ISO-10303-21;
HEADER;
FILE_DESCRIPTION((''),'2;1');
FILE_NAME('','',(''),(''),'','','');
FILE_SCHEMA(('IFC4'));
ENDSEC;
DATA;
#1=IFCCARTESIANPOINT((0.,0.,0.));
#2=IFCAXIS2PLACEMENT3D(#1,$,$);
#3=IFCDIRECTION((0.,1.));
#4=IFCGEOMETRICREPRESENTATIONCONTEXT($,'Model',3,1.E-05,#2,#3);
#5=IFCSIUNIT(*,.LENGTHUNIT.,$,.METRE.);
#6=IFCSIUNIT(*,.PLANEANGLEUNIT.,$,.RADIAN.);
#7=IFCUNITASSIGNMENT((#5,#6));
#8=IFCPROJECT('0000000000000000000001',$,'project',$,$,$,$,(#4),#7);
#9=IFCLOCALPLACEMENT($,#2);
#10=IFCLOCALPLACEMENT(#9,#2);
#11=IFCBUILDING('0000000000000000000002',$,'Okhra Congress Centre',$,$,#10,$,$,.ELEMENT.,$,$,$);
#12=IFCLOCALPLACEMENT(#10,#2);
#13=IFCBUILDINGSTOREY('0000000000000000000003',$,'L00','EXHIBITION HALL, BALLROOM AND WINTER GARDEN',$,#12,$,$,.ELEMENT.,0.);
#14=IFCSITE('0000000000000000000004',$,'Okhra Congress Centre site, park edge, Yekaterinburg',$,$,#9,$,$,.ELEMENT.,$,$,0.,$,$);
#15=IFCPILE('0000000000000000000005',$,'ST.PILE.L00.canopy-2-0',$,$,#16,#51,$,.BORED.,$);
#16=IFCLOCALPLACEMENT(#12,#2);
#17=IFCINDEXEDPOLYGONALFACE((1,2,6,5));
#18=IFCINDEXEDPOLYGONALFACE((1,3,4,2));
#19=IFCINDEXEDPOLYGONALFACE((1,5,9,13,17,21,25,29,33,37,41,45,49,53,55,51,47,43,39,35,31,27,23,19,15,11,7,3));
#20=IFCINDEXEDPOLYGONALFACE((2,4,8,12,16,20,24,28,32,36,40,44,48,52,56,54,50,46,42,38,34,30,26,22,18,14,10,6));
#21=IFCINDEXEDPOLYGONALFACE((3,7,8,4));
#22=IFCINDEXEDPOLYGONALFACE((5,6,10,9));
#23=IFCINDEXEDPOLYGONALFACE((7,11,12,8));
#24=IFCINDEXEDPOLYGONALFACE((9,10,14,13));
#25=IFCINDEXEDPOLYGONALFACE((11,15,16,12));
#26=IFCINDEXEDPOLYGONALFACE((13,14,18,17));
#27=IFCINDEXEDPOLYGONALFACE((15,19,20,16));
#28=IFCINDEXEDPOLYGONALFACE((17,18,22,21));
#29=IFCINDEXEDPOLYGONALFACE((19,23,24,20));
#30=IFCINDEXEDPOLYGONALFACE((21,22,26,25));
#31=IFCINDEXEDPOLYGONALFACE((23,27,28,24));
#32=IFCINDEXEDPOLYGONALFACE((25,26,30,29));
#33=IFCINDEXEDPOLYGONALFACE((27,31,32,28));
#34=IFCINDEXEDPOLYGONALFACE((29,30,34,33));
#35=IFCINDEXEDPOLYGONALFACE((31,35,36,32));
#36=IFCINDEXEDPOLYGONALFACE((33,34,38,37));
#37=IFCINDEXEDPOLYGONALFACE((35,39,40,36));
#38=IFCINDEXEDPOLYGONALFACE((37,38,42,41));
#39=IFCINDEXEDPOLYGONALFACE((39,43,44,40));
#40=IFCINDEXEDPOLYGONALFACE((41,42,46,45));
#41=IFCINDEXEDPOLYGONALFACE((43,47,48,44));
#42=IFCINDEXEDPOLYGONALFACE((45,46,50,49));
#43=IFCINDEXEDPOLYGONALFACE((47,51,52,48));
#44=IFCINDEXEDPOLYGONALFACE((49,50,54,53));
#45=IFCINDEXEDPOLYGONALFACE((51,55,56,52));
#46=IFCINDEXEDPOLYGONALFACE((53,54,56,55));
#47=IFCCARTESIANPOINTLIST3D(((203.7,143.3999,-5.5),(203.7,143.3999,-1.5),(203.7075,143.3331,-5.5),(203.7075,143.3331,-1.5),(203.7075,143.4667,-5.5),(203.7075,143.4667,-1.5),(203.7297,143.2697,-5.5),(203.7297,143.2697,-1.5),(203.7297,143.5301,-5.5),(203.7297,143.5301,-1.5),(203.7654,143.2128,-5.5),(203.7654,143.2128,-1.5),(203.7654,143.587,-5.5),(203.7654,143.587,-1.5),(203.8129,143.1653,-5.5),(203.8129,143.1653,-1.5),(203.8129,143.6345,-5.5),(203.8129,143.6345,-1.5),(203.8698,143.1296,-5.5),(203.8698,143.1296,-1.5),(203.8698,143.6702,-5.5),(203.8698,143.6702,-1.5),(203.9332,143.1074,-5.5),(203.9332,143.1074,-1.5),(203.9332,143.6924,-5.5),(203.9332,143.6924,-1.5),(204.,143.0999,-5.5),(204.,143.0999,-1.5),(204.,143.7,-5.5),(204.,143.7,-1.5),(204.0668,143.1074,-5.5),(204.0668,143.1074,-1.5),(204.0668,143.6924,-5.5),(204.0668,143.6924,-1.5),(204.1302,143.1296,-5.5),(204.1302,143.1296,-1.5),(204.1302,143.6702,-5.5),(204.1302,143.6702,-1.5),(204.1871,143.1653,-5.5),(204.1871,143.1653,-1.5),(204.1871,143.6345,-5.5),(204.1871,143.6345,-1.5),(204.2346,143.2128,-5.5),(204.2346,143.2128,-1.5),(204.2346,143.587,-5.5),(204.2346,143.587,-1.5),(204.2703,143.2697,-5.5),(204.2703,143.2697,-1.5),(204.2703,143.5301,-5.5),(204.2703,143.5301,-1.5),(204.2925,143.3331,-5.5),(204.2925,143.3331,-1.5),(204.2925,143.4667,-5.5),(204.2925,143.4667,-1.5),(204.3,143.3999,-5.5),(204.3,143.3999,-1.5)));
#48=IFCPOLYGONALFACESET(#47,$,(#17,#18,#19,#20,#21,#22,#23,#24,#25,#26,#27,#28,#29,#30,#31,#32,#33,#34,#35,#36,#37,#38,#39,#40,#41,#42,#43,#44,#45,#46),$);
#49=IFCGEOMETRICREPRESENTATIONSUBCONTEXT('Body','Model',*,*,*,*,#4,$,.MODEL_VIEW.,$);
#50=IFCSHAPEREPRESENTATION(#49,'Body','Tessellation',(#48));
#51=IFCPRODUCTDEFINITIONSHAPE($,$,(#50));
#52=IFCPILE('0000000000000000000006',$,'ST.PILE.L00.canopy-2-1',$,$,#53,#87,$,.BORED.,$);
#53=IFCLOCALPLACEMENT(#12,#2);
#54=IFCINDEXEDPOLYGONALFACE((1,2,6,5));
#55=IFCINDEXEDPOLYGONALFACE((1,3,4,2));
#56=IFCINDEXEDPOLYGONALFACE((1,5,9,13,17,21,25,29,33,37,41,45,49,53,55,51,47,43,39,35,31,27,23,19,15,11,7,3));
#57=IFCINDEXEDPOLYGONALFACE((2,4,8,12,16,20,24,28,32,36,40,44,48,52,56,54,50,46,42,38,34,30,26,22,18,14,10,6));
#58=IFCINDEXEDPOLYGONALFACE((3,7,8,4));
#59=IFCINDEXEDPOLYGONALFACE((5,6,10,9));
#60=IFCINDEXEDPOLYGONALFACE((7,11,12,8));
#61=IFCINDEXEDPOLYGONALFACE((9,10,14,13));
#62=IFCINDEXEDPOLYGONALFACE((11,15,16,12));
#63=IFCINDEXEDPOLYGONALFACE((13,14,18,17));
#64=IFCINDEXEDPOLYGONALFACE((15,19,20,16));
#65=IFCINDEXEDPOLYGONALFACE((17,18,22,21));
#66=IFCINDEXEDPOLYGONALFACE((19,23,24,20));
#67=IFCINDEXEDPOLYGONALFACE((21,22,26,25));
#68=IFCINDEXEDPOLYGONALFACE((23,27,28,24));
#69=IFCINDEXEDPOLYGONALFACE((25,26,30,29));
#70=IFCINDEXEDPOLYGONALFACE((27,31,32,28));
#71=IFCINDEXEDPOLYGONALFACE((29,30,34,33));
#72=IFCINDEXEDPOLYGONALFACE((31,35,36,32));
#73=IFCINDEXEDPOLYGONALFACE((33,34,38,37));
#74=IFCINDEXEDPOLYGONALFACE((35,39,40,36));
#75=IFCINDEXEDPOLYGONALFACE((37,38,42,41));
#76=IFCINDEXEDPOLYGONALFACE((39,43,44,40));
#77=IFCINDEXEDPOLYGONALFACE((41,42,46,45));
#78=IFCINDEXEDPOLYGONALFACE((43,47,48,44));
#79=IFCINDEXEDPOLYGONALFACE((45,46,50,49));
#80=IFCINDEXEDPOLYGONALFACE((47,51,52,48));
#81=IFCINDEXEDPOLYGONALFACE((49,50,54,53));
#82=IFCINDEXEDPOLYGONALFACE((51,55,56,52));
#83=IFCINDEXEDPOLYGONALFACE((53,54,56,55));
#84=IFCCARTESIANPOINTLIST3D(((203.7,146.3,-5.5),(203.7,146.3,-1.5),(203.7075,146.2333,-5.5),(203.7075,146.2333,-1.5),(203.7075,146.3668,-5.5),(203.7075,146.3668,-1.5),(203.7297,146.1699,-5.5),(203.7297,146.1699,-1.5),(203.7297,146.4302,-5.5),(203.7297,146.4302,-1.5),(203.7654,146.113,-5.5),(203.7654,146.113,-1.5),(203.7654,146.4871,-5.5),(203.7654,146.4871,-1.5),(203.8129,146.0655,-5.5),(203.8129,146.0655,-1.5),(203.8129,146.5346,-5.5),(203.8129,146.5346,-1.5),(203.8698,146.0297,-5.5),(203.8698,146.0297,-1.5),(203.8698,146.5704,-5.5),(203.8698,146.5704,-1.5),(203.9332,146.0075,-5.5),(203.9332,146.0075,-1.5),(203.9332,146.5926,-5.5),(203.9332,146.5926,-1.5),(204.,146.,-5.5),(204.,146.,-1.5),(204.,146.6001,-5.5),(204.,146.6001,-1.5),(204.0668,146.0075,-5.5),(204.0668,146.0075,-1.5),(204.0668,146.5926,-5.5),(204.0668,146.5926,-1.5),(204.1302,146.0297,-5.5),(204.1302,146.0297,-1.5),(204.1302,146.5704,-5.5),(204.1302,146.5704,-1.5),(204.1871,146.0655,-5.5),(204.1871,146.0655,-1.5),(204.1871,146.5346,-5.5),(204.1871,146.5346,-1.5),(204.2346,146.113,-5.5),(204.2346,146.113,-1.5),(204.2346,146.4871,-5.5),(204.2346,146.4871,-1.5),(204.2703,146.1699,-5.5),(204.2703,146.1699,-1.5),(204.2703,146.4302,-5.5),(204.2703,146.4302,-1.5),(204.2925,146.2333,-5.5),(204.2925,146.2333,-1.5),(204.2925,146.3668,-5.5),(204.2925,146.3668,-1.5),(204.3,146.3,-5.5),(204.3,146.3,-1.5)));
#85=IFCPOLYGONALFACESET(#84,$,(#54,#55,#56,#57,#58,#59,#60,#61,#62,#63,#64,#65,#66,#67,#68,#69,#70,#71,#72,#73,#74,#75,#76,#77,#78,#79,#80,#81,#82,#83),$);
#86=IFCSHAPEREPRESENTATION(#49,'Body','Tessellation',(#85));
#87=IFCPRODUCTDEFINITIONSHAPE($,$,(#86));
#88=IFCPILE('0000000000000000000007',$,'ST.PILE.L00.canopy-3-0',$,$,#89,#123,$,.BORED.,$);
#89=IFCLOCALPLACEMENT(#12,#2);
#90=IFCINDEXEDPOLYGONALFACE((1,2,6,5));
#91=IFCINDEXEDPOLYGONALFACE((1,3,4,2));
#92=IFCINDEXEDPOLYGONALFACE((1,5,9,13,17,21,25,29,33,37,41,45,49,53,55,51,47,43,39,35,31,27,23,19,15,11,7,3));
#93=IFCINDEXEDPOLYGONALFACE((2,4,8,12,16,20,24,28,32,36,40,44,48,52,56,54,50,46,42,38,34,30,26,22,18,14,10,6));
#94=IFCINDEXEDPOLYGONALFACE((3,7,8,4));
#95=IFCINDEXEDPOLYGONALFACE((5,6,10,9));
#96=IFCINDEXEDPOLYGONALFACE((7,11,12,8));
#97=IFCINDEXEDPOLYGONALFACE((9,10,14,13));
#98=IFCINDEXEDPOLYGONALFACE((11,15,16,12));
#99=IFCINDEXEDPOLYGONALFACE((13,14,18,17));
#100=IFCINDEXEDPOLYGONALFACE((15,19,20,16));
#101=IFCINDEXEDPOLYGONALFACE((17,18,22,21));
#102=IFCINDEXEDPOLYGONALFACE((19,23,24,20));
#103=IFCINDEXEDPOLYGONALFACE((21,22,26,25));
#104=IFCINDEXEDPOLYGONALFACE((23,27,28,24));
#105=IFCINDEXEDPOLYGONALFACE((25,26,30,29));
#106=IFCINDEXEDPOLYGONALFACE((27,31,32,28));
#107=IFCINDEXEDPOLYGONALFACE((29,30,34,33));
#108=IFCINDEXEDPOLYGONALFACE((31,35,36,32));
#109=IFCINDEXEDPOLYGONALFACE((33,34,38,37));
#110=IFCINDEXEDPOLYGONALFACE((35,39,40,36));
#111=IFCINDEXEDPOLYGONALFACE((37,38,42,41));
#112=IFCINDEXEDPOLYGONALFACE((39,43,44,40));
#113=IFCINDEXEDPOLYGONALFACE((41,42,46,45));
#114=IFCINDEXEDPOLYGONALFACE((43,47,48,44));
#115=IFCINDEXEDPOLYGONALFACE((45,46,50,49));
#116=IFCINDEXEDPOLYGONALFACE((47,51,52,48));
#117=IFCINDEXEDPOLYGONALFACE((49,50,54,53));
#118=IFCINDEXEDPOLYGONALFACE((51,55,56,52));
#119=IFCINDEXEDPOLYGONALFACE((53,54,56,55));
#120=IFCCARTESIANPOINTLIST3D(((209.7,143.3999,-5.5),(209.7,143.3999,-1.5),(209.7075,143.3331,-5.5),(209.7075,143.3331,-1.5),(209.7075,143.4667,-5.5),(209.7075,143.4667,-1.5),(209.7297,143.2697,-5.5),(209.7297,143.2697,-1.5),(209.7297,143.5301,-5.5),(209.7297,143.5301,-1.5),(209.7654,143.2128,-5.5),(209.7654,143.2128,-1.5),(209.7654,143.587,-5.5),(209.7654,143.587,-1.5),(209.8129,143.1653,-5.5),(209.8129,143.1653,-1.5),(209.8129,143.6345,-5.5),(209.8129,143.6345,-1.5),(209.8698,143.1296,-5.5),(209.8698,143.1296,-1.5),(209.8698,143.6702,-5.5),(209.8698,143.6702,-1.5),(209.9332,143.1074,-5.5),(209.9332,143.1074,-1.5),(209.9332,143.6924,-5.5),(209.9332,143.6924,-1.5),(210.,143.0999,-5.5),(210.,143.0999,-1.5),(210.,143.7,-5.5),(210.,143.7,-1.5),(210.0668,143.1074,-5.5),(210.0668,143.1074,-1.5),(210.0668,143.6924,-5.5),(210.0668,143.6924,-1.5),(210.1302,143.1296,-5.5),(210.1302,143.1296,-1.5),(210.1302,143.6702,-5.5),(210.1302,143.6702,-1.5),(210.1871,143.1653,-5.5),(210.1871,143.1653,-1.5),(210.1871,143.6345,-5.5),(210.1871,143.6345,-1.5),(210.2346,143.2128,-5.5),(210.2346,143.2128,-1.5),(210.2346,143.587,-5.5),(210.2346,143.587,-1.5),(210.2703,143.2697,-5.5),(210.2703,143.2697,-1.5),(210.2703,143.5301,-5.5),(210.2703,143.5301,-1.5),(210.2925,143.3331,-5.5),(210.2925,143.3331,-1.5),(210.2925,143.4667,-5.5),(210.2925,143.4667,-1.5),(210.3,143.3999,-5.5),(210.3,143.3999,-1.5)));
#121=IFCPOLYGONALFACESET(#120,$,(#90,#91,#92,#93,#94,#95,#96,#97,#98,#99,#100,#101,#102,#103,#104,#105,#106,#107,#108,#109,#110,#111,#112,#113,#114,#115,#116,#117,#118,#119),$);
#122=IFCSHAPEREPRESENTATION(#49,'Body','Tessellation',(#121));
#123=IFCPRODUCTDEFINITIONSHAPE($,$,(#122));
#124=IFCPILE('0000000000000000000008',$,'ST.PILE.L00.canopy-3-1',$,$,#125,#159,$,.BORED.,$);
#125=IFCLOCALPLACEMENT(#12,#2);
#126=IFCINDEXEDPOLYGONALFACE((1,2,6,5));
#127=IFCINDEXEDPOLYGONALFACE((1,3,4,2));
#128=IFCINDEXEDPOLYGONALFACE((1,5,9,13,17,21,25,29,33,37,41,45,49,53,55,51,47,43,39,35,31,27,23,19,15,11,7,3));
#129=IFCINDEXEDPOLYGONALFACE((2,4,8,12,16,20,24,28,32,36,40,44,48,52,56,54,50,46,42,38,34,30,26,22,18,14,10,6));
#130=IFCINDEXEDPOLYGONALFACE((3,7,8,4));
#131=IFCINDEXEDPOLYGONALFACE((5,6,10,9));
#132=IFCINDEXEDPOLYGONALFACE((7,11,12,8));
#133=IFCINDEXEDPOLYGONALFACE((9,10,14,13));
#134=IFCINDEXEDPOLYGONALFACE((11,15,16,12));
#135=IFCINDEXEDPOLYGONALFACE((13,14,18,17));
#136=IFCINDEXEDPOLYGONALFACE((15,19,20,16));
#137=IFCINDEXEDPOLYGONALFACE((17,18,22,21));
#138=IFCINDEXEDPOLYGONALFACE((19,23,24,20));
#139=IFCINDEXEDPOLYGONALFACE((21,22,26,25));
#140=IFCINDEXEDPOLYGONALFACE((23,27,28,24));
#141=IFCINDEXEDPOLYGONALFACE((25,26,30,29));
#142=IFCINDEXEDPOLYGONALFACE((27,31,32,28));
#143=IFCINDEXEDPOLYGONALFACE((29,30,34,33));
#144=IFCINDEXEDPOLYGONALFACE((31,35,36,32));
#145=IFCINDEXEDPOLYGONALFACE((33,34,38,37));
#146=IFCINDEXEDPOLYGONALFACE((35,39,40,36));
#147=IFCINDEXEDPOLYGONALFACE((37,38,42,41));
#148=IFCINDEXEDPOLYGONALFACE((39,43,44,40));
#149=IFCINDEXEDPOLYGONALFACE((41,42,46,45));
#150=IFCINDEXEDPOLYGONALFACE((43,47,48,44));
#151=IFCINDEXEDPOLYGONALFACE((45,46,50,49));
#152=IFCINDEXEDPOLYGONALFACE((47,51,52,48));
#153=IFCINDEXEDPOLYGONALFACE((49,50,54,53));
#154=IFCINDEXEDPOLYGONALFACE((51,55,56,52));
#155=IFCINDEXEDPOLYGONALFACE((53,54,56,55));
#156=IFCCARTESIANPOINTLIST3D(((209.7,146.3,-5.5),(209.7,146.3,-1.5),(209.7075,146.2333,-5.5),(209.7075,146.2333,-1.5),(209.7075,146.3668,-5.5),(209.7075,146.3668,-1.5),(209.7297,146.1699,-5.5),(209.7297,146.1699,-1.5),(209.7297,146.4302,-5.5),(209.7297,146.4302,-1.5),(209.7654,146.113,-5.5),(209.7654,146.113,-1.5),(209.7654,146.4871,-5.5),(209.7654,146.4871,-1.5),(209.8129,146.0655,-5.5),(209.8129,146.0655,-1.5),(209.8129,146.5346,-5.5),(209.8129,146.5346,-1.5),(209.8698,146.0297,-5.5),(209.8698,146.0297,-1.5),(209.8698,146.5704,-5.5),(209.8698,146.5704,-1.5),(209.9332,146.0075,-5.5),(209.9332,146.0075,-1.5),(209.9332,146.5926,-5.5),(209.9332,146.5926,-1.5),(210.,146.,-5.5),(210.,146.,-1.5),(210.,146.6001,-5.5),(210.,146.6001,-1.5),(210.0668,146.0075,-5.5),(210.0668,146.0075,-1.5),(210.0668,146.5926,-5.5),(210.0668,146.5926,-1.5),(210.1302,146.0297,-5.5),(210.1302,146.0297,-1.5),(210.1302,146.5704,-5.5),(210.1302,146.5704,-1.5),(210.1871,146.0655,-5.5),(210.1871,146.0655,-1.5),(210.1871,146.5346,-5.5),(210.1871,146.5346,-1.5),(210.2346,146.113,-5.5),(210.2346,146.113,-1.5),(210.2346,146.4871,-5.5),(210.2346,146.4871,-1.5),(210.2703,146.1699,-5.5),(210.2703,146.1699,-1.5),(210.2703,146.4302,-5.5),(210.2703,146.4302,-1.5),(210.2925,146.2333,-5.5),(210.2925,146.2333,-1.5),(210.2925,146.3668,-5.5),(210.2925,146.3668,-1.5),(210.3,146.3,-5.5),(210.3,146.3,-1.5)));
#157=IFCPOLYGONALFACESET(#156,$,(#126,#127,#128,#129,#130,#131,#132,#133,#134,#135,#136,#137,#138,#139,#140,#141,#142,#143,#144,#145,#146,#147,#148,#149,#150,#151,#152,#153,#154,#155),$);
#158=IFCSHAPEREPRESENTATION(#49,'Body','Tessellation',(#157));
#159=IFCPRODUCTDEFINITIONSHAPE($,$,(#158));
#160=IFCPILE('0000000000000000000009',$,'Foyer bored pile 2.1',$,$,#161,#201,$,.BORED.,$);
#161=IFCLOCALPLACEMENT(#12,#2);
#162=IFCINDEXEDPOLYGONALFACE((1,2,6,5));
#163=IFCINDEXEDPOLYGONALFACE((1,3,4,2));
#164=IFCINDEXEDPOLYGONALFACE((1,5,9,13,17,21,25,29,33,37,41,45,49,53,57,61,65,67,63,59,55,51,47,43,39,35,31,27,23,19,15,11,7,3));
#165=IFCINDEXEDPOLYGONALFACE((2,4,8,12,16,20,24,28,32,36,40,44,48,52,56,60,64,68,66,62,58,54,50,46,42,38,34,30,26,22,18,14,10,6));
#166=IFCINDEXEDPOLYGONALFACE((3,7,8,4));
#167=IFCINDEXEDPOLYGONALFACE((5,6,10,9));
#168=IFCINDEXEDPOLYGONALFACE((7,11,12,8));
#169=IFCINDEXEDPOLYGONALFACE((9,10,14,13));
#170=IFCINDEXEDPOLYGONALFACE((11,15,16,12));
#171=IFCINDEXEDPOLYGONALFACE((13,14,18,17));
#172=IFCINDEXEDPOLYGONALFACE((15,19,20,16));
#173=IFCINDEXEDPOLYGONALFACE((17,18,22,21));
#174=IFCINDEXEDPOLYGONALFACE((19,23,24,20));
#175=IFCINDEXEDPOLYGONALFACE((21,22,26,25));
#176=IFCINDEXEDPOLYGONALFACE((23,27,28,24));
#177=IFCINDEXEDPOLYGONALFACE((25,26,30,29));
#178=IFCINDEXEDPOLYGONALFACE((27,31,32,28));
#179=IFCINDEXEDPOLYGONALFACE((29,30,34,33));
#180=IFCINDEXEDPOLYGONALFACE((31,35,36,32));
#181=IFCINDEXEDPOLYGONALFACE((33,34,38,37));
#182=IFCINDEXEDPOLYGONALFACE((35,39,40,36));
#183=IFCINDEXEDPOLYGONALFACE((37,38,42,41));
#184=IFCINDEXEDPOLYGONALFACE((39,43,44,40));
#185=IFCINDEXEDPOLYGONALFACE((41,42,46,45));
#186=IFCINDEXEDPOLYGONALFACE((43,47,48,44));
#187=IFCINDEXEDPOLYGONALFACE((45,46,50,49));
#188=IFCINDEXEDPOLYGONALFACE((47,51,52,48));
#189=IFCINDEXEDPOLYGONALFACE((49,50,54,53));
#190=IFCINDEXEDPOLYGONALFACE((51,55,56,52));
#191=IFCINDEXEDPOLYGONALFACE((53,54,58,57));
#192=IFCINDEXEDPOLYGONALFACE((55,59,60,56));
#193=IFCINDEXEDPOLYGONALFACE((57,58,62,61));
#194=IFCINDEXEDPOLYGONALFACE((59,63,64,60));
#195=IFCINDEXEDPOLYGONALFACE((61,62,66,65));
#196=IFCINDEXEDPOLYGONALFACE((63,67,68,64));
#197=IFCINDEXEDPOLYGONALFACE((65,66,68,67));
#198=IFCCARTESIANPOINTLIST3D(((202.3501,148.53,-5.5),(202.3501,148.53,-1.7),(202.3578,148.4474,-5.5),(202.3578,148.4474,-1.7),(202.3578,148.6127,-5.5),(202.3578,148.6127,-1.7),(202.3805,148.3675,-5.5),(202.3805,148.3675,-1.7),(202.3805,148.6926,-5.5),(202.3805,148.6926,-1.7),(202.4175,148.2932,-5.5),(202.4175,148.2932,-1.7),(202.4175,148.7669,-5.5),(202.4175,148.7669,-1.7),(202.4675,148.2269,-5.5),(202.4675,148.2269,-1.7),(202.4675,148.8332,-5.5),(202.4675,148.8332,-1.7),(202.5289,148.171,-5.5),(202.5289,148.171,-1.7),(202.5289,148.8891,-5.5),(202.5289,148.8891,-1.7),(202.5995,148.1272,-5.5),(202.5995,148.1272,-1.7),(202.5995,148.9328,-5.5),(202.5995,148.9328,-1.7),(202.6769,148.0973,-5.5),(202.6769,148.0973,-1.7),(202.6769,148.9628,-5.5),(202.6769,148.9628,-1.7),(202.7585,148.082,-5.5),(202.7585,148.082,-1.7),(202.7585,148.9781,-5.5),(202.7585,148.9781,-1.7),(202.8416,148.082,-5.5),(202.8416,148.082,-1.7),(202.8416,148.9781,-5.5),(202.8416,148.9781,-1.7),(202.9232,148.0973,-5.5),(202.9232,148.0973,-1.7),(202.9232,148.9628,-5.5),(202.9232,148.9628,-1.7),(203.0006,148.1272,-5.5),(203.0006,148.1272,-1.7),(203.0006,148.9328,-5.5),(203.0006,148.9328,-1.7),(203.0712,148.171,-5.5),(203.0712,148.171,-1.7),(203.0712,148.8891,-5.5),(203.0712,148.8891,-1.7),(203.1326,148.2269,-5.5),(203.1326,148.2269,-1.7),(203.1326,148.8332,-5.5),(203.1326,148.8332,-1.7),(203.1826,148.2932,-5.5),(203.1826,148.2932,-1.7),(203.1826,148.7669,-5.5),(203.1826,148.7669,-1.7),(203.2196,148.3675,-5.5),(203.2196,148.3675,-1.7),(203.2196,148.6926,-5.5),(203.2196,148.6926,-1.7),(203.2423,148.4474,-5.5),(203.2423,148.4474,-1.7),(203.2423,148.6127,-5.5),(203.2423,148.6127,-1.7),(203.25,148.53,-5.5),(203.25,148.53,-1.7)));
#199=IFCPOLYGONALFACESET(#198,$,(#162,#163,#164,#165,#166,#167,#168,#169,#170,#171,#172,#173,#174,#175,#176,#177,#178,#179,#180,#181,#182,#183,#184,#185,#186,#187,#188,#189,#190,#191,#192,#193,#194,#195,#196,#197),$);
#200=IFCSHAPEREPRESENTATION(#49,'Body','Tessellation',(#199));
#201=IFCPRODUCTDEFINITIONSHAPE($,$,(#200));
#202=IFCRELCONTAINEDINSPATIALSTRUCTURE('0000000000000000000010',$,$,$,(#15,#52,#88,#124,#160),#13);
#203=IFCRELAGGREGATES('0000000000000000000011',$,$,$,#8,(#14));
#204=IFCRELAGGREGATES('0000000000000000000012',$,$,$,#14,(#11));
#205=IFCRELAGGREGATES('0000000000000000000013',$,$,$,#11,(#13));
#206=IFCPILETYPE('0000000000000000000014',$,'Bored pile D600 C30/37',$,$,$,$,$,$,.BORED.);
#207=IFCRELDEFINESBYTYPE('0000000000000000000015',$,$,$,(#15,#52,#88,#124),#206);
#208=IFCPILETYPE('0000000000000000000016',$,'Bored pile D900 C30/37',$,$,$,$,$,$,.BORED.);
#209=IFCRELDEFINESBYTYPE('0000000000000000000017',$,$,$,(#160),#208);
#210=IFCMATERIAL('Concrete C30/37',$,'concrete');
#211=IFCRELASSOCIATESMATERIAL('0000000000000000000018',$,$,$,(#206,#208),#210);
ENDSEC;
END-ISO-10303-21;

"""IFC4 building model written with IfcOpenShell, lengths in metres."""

from ifc_helpers import new_model, si_unit, direction, frame, origin, origin_2d, place, context, subcontext, project, spatial, circle, extrude, material, material_profile, profile_set, type_object, element, save


model = new_model("IFC4")

# Units and contexts
model_context = context("Model", 3, precision=1e-05, world=origin(), true_north=direction((0.0, 1.0)))
body_context = subcontext(model_context, "Body", "Model", "MODEL_VIEW")
ifc_project = project(units=[si_unit("LENGTHUNIT", "METRE"), si_unit("PLANEANGLEUNIT", "RADIAN")], contexts=[model_context])

# Site, building, storey
site_placement = place(None, origin())
site = spatial("IfcSite", under=ifc_project, at=site_placement, Name="Okhra Congress Centre site, park edge, Yekaterinburg", CompositionType="ELEMENT", RefElevation=0.0)
building_placement = place(site_placement, origin())
building = spatial("IfcBuilding", under=site, at=building_placement, Name="Okhra Congress Centre", CompositionType="ELEMENT")
storey_placement = place(building_placement, origin())
storey = spatial("IfcBuildingStorey", under=building, at=storey_placement, Name="L00", Description="EXHIBITION HALL, BALLROOM AND WINTER GARDEN", CompositionType="ELEMENT", Elevation=0.0)

# Piles
ifc_material_1 = material(Name="Concrete C30/37", Category="concrete")
ifc_material_profile_1 = material_profile(ifc_material_1, circle(Radius=0.3, at=origin_2d()), Name="D600")
ifc_profile_set_1 = profile_set([ifc_material_profile_1], Name="Concrete C30/37")
pile_type_1 = type_object("IfcPileType", Name="Bored pile D600 C30/37", PredefinedType="BORED", material=ifc_profile_set_1)
for number, where, z_axis, x_axis, name in (
    (1, (204.0, 143.3999, -1.5), (0.0, 0.0, -1.0), (1.0, 0.0, 0.0), "ST.PILE.L00.canopy-2-0"),
    (2, (204.0, 146.3, -1.5), (0.0, 0.0, -1.0), (1.0, 0.0, 0.0), "ST.PILE.L00.canopy-2-1"),
    (3, (210.0, 143.3999, -1.5), (0.0, 0.0, -1.0), (1.0, 0.0, 0.0), "ST.PILE.L00.canopy-3-0"),
    (4, (210.0, 146.3, -1.5), (0.0, 0.0, -1.0), (1.0, 0.0, 0.0), "ST.PILE.L00.canopy-3-1"),
):
    element("IfcPile", number, at=place(storey_placement, frame(where, z_axis=z_axis, x_axis=x_axis)), inside=storey, type_object=pile_type_1, Name=name, PredefinedType="BORED", context=body_context, shape_type="SweptSolid", body=[
        extrude(circle(Radius=0.3, at=origin_2d()), origin(), (0.0, 0.0, 1.0), 4.0),
    ])
ifc_material_profile_2 = material_profile(ifc_material_1, circle(Radius=0.45, at=origin_2d()), Name="D900")
ifc_profile_set_2 = profile_set([ifc_material_profile_2], Name="Concrete C30/37")
pile_type_2 = type_object("IfcPileType", Name="Bored pile D900 C30/37", PredefinedType="BORED", material=ifc_profile_set_2)
for number, where, z_axis, x_axis, name in (
    (5, (202.8, 148.53, -1.7), (0.0, 0.0, -1.0), (1.0, 0.0, 0.0), "Foyer bored pile 2.1"),
):
    element("IfcPile", number, at=place(storey_placement, frame(where, z_axis=z_axis, x_axis=x_axis)), inside=storey, type_object=pile_type_2, Name=name, PredefinedType="BORED", context=body_context, shape_type="SweptSolid", body=[
        extrude(circle(Radius=0.45, at=origin_2d()), origin(), (0.0, 0.0, 1.0), 3.8),
    ])

save(model, "model.ifc")
